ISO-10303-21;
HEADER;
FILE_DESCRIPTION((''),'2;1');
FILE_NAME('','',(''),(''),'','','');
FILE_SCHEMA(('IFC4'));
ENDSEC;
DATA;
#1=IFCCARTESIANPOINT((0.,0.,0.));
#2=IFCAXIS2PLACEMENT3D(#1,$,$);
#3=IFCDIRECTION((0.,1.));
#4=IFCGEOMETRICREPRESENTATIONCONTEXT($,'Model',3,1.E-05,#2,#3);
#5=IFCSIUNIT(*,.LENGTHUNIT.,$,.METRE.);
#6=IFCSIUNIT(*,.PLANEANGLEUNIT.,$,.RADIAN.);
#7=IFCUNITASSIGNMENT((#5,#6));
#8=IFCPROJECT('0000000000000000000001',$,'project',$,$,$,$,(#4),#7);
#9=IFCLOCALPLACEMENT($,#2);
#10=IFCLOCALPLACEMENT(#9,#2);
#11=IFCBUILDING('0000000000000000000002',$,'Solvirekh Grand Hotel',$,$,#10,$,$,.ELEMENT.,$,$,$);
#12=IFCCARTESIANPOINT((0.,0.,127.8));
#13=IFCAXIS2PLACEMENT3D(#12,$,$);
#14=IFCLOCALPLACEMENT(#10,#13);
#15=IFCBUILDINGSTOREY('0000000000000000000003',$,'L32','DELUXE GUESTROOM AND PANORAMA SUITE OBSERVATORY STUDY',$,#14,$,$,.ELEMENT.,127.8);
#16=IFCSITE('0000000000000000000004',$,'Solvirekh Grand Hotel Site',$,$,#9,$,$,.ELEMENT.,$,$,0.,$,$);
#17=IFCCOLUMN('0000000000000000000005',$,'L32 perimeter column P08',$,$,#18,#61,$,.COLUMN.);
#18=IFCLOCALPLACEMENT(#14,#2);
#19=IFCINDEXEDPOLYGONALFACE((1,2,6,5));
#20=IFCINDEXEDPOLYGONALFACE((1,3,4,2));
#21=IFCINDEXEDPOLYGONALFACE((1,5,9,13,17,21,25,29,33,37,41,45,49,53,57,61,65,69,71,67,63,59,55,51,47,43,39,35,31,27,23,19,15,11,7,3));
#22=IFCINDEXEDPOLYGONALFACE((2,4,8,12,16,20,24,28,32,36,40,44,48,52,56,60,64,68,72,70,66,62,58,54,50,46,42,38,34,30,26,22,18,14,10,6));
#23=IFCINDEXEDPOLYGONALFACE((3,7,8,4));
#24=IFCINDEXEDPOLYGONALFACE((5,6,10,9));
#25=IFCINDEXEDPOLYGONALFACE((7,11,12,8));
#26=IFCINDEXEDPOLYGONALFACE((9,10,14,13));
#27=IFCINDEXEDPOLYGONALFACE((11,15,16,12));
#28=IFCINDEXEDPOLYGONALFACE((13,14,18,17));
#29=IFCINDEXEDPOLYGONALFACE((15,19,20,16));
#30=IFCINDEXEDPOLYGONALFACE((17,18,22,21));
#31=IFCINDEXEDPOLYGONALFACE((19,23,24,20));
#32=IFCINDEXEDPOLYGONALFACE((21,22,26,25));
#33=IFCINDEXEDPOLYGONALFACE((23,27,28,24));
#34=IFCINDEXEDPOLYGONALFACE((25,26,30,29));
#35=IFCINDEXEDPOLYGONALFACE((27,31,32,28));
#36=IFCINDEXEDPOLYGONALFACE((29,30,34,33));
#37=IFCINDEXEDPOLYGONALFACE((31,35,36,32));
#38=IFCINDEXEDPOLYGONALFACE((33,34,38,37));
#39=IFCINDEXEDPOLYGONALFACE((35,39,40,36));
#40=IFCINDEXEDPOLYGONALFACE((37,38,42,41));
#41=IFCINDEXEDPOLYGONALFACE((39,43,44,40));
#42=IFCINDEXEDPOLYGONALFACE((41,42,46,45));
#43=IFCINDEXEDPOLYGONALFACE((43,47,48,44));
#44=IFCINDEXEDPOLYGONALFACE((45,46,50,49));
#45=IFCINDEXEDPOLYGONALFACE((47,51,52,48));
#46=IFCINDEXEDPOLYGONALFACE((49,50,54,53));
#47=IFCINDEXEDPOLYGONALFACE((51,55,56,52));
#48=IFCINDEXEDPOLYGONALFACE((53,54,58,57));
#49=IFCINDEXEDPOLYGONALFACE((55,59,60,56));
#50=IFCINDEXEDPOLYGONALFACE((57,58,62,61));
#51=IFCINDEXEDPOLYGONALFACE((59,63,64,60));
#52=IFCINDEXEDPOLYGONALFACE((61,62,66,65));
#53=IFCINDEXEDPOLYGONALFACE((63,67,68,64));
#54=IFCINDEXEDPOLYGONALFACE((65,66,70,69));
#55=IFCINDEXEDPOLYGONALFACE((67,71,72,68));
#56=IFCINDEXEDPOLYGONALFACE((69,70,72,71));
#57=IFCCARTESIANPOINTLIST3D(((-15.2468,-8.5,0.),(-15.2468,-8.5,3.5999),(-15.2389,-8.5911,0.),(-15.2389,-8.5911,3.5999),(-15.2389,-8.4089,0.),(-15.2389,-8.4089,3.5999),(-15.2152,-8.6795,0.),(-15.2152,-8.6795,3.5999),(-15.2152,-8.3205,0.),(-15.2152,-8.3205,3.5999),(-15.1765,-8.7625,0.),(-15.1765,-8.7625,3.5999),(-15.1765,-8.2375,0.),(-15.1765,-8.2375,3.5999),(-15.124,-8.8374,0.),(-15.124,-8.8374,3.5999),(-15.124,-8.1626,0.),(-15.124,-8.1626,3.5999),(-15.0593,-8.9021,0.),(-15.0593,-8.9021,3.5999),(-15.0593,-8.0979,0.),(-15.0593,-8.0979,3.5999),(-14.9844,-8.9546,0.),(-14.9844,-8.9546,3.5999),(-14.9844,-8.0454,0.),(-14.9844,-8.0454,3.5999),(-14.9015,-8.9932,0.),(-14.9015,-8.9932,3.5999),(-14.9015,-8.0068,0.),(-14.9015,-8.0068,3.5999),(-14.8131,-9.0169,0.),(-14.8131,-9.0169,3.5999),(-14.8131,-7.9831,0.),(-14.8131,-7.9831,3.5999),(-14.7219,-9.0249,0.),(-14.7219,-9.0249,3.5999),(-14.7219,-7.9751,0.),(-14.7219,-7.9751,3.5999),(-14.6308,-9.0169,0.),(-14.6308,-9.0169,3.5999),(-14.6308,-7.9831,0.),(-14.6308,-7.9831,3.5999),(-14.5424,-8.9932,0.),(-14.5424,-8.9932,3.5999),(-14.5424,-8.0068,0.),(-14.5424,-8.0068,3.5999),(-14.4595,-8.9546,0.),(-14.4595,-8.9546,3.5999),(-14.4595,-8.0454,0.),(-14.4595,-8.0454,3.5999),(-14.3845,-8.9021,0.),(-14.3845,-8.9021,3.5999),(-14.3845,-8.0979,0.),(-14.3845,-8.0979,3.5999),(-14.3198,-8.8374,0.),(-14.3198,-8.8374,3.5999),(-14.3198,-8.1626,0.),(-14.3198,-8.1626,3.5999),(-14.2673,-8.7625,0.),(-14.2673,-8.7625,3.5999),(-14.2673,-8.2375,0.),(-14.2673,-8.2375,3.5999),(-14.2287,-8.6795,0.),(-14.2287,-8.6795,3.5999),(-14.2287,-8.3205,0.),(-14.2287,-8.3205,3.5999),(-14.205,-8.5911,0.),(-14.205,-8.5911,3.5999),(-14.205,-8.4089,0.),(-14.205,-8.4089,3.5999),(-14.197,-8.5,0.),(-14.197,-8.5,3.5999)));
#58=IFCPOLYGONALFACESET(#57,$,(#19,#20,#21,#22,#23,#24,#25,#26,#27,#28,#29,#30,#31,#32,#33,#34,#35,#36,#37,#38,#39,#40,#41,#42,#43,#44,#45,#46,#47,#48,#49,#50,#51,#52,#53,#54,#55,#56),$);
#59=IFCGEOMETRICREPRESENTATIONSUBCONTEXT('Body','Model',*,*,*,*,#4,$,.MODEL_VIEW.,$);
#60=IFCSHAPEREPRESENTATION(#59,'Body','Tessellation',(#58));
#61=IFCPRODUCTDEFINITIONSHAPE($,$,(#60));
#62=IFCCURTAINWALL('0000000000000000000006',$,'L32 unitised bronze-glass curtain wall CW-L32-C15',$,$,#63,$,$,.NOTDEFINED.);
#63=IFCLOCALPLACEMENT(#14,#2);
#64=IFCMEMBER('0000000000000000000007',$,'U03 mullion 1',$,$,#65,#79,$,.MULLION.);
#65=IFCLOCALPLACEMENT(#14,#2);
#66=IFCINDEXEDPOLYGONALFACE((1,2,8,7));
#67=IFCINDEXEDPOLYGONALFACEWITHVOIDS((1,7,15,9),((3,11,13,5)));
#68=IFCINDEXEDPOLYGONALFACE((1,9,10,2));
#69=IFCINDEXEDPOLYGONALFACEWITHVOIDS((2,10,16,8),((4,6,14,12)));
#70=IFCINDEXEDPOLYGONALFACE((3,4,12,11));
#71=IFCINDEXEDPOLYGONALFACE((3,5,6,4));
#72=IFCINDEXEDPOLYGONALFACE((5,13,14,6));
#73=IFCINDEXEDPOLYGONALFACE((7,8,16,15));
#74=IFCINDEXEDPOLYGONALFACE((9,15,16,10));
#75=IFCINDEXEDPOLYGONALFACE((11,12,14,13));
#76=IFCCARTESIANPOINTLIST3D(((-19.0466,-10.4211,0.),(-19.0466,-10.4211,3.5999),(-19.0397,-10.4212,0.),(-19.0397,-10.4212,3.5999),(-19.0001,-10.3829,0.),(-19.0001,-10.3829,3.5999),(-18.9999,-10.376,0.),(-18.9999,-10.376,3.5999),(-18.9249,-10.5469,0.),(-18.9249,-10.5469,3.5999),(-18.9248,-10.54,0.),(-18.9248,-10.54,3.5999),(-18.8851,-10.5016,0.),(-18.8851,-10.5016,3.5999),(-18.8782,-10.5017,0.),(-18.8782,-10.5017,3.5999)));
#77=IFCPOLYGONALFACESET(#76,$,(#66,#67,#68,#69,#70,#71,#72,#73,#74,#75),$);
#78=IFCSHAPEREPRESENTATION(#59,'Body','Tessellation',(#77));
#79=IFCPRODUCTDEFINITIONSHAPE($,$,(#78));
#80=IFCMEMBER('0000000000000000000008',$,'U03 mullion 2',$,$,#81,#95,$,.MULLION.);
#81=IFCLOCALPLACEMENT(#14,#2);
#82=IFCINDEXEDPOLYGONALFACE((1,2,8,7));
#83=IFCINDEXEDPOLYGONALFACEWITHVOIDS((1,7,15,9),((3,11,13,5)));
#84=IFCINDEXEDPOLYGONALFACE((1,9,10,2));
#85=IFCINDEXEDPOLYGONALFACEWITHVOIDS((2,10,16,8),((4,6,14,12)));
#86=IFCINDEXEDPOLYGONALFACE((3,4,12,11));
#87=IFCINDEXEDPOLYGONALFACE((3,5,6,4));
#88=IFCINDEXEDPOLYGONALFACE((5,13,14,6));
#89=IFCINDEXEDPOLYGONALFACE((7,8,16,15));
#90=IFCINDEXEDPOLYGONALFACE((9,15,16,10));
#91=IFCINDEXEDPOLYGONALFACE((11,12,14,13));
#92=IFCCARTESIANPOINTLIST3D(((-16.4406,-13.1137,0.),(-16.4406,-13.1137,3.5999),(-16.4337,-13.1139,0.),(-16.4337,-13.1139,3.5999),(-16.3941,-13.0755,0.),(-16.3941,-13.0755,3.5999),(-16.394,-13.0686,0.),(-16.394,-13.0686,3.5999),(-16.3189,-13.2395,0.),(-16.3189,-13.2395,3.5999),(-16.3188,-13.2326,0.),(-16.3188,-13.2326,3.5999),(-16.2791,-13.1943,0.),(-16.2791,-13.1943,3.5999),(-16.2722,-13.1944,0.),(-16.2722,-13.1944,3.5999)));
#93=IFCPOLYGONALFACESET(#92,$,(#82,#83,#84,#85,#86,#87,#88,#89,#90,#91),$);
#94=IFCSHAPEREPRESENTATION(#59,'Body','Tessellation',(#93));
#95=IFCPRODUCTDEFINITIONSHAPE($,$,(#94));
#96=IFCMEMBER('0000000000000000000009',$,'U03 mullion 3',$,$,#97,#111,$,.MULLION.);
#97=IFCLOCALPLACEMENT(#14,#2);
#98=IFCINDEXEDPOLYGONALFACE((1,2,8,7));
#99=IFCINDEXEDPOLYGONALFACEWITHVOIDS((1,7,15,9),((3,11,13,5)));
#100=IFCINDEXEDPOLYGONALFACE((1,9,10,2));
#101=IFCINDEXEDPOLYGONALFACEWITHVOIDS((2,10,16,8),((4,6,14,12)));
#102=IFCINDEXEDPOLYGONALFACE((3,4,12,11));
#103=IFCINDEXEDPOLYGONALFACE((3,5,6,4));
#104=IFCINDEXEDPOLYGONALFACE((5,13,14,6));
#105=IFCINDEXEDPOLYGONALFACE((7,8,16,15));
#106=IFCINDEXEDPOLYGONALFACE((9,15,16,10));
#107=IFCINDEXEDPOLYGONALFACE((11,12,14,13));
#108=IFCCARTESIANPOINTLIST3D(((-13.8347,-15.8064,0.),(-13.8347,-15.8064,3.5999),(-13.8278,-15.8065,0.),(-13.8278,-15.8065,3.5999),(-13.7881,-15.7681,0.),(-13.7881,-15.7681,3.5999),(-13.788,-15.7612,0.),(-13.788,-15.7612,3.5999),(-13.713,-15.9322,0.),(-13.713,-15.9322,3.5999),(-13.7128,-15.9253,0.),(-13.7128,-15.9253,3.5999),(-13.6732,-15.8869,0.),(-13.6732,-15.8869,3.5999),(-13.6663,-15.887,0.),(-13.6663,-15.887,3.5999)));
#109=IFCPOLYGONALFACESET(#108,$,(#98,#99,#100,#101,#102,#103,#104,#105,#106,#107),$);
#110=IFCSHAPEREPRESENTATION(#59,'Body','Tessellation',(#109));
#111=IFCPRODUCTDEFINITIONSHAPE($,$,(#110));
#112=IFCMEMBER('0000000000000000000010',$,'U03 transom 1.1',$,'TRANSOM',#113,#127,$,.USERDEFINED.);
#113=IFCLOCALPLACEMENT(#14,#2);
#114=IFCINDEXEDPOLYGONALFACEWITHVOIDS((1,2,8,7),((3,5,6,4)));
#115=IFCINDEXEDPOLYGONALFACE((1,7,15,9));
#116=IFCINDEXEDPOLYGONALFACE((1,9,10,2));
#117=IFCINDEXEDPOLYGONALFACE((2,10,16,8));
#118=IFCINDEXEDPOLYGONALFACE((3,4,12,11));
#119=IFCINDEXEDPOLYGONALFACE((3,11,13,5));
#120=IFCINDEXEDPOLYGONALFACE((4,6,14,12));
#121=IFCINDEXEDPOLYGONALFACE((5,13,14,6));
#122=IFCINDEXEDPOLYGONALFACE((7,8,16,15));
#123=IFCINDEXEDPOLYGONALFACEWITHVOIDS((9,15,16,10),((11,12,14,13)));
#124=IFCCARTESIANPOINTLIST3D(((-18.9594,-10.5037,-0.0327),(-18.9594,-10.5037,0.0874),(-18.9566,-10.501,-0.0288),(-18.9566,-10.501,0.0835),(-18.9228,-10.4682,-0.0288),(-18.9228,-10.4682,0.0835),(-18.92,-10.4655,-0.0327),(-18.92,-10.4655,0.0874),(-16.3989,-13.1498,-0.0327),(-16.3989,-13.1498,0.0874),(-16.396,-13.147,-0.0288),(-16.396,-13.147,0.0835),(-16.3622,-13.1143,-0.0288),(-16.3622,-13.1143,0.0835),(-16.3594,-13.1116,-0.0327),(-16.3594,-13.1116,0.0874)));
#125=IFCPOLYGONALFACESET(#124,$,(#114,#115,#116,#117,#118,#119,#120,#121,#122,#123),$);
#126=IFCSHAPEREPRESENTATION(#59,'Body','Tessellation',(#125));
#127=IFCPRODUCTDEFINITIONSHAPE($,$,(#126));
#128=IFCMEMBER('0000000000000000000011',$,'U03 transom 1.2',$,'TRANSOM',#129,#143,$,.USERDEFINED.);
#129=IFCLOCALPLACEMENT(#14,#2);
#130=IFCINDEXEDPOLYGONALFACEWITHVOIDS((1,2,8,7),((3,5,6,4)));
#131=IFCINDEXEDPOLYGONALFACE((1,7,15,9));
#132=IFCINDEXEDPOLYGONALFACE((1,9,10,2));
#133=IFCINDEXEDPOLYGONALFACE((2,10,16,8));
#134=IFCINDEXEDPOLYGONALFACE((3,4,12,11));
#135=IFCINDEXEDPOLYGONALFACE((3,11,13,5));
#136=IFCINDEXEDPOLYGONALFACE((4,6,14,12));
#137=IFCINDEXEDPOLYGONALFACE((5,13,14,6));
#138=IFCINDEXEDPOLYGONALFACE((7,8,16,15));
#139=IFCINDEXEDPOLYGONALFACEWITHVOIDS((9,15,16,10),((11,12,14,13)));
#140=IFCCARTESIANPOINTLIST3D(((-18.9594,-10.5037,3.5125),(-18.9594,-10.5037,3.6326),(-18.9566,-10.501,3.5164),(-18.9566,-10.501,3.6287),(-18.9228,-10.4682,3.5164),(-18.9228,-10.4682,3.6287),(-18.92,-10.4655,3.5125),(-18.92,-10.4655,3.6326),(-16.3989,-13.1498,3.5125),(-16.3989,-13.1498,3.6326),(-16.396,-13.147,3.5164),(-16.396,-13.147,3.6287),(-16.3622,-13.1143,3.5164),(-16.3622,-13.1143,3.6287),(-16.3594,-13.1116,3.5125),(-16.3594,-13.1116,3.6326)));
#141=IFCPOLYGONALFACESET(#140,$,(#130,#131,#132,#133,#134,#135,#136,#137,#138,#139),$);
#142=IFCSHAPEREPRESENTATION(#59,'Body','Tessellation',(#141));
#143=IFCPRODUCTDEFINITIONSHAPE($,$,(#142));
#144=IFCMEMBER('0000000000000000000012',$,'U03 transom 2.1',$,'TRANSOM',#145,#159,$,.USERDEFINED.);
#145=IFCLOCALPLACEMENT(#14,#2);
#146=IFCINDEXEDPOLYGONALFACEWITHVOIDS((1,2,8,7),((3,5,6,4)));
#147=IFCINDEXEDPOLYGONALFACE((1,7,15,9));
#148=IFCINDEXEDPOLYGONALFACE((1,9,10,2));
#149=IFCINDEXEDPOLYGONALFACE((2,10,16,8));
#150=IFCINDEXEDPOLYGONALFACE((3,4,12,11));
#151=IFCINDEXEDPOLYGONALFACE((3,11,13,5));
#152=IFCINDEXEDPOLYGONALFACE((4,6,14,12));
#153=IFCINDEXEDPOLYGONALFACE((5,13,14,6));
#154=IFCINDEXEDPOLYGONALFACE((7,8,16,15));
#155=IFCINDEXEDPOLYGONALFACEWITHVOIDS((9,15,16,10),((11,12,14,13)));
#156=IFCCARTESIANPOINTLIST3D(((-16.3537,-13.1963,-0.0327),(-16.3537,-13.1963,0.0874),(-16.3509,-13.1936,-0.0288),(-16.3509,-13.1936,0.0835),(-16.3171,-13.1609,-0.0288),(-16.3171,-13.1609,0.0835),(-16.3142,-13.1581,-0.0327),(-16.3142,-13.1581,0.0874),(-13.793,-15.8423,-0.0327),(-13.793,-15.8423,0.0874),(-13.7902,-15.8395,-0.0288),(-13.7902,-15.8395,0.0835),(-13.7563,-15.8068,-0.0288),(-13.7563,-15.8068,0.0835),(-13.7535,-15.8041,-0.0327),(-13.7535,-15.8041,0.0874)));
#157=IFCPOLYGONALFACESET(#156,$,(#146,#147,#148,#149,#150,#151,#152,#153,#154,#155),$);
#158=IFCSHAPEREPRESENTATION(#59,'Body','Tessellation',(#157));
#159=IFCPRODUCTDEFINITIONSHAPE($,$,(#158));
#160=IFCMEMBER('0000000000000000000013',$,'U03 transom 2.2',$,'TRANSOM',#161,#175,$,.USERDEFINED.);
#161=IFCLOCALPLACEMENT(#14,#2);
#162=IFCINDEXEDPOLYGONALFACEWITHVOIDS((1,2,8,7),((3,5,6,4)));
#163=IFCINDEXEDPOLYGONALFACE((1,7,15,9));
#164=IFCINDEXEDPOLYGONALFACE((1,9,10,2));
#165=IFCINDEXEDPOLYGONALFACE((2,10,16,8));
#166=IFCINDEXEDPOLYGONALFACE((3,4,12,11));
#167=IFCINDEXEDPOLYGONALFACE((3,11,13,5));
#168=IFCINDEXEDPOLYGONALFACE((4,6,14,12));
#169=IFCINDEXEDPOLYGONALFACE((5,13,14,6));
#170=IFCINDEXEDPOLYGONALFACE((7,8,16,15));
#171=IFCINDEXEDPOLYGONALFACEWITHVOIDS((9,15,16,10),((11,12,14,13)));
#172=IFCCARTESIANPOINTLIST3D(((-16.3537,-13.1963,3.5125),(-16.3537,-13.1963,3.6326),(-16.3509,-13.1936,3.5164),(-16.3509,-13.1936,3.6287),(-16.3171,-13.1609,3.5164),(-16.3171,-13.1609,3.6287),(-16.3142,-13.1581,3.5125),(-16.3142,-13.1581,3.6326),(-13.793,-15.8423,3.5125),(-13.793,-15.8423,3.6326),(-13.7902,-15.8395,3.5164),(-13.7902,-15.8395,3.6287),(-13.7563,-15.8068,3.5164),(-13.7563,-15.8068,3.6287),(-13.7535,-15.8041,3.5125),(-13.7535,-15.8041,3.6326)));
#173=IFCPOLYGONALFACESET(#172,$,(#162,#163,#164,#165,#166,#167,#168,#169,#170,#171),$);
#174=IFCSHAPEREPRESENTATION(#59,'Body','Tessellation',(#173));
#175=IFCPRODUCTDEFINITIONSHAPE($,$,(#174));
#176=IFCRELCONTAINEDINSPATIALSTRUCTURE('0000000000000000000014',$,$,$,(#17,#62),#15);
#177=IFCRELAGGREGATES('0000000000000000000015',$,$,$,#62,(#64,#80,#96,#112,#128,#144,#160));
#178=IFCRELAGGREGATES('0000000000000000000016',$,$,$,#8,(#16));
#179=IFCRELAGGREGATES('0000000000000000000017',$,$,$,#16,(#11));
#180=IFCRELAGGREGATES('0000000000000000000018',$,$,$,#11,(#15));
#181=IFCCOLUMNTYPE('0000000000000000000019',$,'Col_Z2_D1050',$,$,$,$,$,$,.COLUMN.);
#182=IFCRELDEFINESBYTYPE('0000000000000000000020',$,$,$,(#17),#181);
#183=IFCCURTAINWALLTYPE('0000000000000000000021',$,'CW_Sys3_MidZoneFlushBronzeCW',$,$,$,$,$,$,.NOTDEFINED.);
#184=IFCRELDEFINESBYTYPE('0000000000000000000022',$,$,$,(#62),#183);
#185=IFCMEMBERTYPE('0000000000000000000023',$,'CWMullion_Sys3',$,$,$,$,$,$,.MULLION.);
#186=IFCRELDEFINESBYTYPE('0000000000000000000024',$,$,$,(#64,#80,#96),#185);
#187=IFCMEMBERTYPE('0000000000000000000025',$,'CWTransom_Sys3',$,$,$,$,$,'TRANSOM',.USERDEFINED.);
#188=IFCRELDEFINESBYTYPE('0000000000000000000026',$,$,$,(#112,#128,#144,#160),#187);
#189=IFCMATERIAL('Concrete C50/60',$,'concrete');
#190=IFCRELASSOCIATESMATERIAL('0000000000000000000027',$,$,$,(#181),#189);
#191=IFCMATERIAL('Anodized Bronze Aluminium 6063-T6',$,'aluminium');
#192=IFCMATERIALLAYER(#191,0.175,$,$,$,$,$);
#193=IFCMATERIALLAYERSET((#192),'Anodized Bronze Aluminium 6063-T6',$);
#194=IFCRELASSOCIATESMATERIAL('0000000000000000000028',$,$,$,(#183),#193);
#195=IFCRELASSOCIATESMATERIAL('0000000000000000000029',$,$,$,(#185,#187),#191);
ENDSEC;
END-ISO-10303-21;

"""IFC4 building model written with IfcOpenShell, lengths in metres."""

from ifc_helpers import new_model, si_unit, direction, frame, origin, origin_2d, place, context, subcontext, project, spatial, hollow_rectangle, circle, extrude, source, transform, mapped, material, layer, layer_set, material_profile, profile_set, type_object, element, aggregate, save


model = new_model("IFC4")

# Units and contexts
model_context = context("Model", 3, precision=1e-05, world=origin(), true_north=direction((0.0, 1.0)))
body_context = subcontext(model_context, "Body", "Model", "MODEL_VIEW")
ifc_project = project(units=[si_unit("LENGTHUNIT", "METRE"), si_unit("PLANEANGLEUNIT", "RADIAN")], contexts=[model_context])

# Site, building, storey
site_placement = place(None, origin())
site = spatial("IfcSite", under=ifc_project, at=site_placement, Name="Solvirekh Grand Hotel Site", CompositionType="ELEMENT", RefElevation=0.0)
building_placement = place(site_placement, origin())
building = spatial("IfcBuilding", under=site, at=building_placement, Name="Solvirekh Grand Hotel", CompositionType="ELEMENT")
storey_placement = place(building_placement, frame((0.0, 0.0, 127.8)))
storey = spatial("IfcBuildingStorey", under=building, at=storey_placement, Name="L32", Description="DELUXE GUESTROOM AND PANORAMA SUITE OBSERVATORY STUDY", CompositionType="ELEMENT", Elevation=127.8)

# Column
ifc_material_1 = material(Name="Concrete C50/60", Category="concrete")
ifc_material_profile_1 = material_profile(ifc_material_1, circle(Radius=0.5249, at=origin_2d()), Name="RC CIRC D1050")
ifc_profile_set_1 = profile_set([ifc_material_profile_1], Name="Concrete C50/60")
column_type = type_object("IfcColumnType", Name="Col_Z2_D1050", PredefinedType="COLUMN", material=ifc_profile_set_1)
column_placement = place(storey_placement, frame((-14.7219, -8.5, 0.0), z_axis=(0.0, 0.0, 1.0), x_axis=(1.0, 0.0, 0.0)))
element("IfcColumn", 1, at=column_placement, inside=storey, type_object=column_type, Name="L32 perimeter column P08", PredefinedType="COLUMN", context=body_context, shape_type="SweptSolid", body=[
    extrude(circle(Radius=0.5249, at=origin_2d()), origin(), (0.0, 0.0, 1.0), 3.5999),
])

# Curtain wall, members
ifc_material_2 = material(Name="Anodized Bronze Aluminium 6063-T6", Category="aluminium")
ifc_layer_1 = layer(ifc_material_2, 0.175)
ifc_layer_set_1 = layer_set([ifc_layer_1], Name="Anodized Bronze Aluminium 6063-T6")
curtain_wall_type = type_object("IfcCurtainWallType", Name="CW_Sys3_MidZoneFlushBronzeCW", PredefinedType="NOTDEFINED", material=ifc_layer_set_1)
curtain_wall_placement = place(storey_placement, origin())
curtain_wall = element("IfcCurtainWall", 2, at=curtain_wall_placement, inside=storey, type_object=curtain_wall_type, Name="L32 unitised bronze-glass curtain wall CW-L32-C15", PredefinedType="NOTDEFINED")
ifc_material_profile_2 = material_profile(ifc_material_2, hollow_rectangle(XDim=0.0649, YDim=0.175, WallThickness=0.0049, at=origin_2d()), Name="ALU RHS 175X65X5")
ifc_profile_set_2 = profile_set([ifc_material_profile_2], Name="Anodized Bronze Aluminium 6063-T6")
member_type_1 = type_object("IfcMemberType", Name="CWMullion_Sys3", PredefinedType="MULLION", material=ifc_profile_set_2)
shared_shape_1 = source(origin(), body_context, "Body", "SweptSolid", [
    extrude(hollow_rectangle(XDim=0.0649, YDim=0.175, WallThickness=0.0049, at=origin_2d()), origin(), (0.0, 0.0, 1.0), 3.5999),
])
member_1_placement = place(storey_placement, frame((-18.9624, -10.4614, 0.0), z_axis=(0.0, 0.0, 1.0), x_axis=(0.718587, 0.695437, 0.0)))
member_1 = element("IfcMember", 3, at=member_1_placement, type_object=member_type_1, Name="U03 mullion 1", PredefinedType="MULLION", context=body_context, shape_type="MappedRepresentation", body=[
    mapped(shared_shape_1, transform((0.0, 0.0, 0.0), x_axis=(1.0, 0.0, 0.0), y_axis=(0.0, 1.0, 0.0), z_axis=(0.0, 0.0, 1.0), scale=1.0)),
])
member_2_placement = place(storey_placement, frame((-16.3564, -13.1541, 0.0), z_axis=(0.0, 0.0, 1.0), x_axis=(0.718587, 0.695437, 0.0)))
member_2 = element("IfcMember", 4, at=member_2_placement, type_object=member_type_1, Name="U03 mullion 2", PredefinedType="MULLION", context=body_context, shape_type="MappedRepresentation", body=[
    mapped(shared_shape_1, transform((0.0, 0.0, 0.0), x_axis=(1.0, 0.0, 0.0), y_axis=(0.0, 1.0, 0.0), z_axis=(0.0, 0.0, 1.0), scale=1.0)),
])
member_3_placement = place(storey_placement, frame((-13.7505, -15.8467, 0.0), z_axis=(0.0, 0.0, 1.0), x_axis=(0.718587, 0.695437, 0.0)))
member_3 = element("IfcMember", 5, at=member_3_placement, type_object=member_type_1, Name="U03 mullion 3", PredefinedType="MULLION", context=body_context, shape_type="MappedRepresentation", body=[
    mapped(shared_shape_1, transform((0.0, 0.0, 0.0), x_axis=(1.0, 0.0, 0.0), y_axis=(0.0, 1.0, 0.0), z_axis=(0.0, 0.0, 1.0), scale=1.0)),
])
ifc_material_profile_3 = material_profile(ifc_material_2, hollow_rectangle(XDim=0.0549, YDim=0.1201, WallThickness=0.0039, at=origin_2d()), Name="ALU RHS 120X55X4")
ifc_profile_set_3 = profile_set([ifc_material_profile_3], Name="Anodized Bronze Aluminium 6063-T6")
member_type_2 = type_object("IfcMemberType", Name="CWTransom_Sys3", ElementType="TRANSOM", PredefinedType="USERDEFINED", material=ifc_profile_set_3)
shared_shape_2 = source(origin(), body_context, "Body", "SweptSolid", [
    extrude(hollow_rectangle(XDim=0.0549, YDim=0.1201, WallThickness=0.0039, at=origin_2d()), origin(), (0.0, 0.0, 1.0), 3.6821),
])
member_4_placement = place(storey_placement, frame((-18.9397, -10.4846, 0.0273), z_axis=(0.695408, -0.718615, 0.0), x_axis=(0.718615, 0.695408, 0.0)))
member_4 = element("IfcMember", 6, at=member_4_placement, type_object=member_type_2, Name="U03 transom 1.1", ObjectType="TRANSOM", PredefinedType="USERDEFINED", context=body_context, shape_type="MappedRepresentation", body=[
    mapped(shared_shape_2, transform((0.0, 0.0, 0.0), x_axis=(1.0, 0.0, 0.0), y_axis=(0.0, 1.0, 0.0), z_axis=(0.0, 0.0, 1.0), scale=1.0)),
])
member_5_placement = place(storey_placement, frame((-18.9397, -10.4846, 3.5725), z_axis=(0.695408, -0.718615, 0.0), x_axis=(0.718615, 0.695408, 0.0)))
member_5 = element("IfcMember", 7, at=member_5_placement, type_object=member_type_2, Name="U03 transom 1.2", ObjectType="TRANSOM", PredefinedType="USERDEFINED", context=body_context, shape_type="MappedRepresentation", body=[
    mapped(shared_shape_2, transform((0.0, 0.0, 0.0), x_axis=(1.0, 0.0, 0.0), y_axis=(0.0, 1.0, 0.0), z_axis=(0.0, 0.0, 1.0), scale=1.0)),
])
member_6_placement = place(storey_placement, frame((-16.334, -13.1772, 0.0273), z_axis=(0.695442, -0.718582, 0.0), x_axis=(0.718582, 0.695442, 0.0)))
member_6 = element("IfcMember", 8, at=member_6_placement, type_object=member_type_2, Name="U03 transom 2.1", ObjectType="TRANSOM", PredefinedType="USERDEFINED", context=body_context, shape_type="MappedRepresentation", body=[
    mapped(shared_shape_2, transform((0.0, 0.0, 0.0), x_axis=(1.0, 0.0, 0.0), y_axis=(0.0, 1.0, 0.0), z_axis=(0.0, 0.0, 1.0), scale=1.0)),
])
member_7_placement = place(storey_placement, frame((-16.334, -13.1772, 3.5725), z_axis=(0.695442, -0.718582, 0.0), x_axis=(0.718582, 0.695442, 0.0)))
member_7 = element("IfcMember", 9, at=member_7_placement, type_object=member_type_2, Name="U03 transom 2.2", ObjectType="TRANSOM", PredefinedType="USERDEFINED", context=body_context, shape_type="MappedRepresentation", body=[
    mapped(shared_shape_2, transform((0.0, 0.0, 0.0), x_axis=(1.0, 0.0, 0.0), y_axis=(0.0, 1.0, 0.0), z_axis=(0.0, 0.0, 1.0), scale=1.0)),
])
aggregate(curtain_wall, [member_1, member_2, member_3, member_4, member_5, member_6, member_7])

save(model, "model.ifc")
